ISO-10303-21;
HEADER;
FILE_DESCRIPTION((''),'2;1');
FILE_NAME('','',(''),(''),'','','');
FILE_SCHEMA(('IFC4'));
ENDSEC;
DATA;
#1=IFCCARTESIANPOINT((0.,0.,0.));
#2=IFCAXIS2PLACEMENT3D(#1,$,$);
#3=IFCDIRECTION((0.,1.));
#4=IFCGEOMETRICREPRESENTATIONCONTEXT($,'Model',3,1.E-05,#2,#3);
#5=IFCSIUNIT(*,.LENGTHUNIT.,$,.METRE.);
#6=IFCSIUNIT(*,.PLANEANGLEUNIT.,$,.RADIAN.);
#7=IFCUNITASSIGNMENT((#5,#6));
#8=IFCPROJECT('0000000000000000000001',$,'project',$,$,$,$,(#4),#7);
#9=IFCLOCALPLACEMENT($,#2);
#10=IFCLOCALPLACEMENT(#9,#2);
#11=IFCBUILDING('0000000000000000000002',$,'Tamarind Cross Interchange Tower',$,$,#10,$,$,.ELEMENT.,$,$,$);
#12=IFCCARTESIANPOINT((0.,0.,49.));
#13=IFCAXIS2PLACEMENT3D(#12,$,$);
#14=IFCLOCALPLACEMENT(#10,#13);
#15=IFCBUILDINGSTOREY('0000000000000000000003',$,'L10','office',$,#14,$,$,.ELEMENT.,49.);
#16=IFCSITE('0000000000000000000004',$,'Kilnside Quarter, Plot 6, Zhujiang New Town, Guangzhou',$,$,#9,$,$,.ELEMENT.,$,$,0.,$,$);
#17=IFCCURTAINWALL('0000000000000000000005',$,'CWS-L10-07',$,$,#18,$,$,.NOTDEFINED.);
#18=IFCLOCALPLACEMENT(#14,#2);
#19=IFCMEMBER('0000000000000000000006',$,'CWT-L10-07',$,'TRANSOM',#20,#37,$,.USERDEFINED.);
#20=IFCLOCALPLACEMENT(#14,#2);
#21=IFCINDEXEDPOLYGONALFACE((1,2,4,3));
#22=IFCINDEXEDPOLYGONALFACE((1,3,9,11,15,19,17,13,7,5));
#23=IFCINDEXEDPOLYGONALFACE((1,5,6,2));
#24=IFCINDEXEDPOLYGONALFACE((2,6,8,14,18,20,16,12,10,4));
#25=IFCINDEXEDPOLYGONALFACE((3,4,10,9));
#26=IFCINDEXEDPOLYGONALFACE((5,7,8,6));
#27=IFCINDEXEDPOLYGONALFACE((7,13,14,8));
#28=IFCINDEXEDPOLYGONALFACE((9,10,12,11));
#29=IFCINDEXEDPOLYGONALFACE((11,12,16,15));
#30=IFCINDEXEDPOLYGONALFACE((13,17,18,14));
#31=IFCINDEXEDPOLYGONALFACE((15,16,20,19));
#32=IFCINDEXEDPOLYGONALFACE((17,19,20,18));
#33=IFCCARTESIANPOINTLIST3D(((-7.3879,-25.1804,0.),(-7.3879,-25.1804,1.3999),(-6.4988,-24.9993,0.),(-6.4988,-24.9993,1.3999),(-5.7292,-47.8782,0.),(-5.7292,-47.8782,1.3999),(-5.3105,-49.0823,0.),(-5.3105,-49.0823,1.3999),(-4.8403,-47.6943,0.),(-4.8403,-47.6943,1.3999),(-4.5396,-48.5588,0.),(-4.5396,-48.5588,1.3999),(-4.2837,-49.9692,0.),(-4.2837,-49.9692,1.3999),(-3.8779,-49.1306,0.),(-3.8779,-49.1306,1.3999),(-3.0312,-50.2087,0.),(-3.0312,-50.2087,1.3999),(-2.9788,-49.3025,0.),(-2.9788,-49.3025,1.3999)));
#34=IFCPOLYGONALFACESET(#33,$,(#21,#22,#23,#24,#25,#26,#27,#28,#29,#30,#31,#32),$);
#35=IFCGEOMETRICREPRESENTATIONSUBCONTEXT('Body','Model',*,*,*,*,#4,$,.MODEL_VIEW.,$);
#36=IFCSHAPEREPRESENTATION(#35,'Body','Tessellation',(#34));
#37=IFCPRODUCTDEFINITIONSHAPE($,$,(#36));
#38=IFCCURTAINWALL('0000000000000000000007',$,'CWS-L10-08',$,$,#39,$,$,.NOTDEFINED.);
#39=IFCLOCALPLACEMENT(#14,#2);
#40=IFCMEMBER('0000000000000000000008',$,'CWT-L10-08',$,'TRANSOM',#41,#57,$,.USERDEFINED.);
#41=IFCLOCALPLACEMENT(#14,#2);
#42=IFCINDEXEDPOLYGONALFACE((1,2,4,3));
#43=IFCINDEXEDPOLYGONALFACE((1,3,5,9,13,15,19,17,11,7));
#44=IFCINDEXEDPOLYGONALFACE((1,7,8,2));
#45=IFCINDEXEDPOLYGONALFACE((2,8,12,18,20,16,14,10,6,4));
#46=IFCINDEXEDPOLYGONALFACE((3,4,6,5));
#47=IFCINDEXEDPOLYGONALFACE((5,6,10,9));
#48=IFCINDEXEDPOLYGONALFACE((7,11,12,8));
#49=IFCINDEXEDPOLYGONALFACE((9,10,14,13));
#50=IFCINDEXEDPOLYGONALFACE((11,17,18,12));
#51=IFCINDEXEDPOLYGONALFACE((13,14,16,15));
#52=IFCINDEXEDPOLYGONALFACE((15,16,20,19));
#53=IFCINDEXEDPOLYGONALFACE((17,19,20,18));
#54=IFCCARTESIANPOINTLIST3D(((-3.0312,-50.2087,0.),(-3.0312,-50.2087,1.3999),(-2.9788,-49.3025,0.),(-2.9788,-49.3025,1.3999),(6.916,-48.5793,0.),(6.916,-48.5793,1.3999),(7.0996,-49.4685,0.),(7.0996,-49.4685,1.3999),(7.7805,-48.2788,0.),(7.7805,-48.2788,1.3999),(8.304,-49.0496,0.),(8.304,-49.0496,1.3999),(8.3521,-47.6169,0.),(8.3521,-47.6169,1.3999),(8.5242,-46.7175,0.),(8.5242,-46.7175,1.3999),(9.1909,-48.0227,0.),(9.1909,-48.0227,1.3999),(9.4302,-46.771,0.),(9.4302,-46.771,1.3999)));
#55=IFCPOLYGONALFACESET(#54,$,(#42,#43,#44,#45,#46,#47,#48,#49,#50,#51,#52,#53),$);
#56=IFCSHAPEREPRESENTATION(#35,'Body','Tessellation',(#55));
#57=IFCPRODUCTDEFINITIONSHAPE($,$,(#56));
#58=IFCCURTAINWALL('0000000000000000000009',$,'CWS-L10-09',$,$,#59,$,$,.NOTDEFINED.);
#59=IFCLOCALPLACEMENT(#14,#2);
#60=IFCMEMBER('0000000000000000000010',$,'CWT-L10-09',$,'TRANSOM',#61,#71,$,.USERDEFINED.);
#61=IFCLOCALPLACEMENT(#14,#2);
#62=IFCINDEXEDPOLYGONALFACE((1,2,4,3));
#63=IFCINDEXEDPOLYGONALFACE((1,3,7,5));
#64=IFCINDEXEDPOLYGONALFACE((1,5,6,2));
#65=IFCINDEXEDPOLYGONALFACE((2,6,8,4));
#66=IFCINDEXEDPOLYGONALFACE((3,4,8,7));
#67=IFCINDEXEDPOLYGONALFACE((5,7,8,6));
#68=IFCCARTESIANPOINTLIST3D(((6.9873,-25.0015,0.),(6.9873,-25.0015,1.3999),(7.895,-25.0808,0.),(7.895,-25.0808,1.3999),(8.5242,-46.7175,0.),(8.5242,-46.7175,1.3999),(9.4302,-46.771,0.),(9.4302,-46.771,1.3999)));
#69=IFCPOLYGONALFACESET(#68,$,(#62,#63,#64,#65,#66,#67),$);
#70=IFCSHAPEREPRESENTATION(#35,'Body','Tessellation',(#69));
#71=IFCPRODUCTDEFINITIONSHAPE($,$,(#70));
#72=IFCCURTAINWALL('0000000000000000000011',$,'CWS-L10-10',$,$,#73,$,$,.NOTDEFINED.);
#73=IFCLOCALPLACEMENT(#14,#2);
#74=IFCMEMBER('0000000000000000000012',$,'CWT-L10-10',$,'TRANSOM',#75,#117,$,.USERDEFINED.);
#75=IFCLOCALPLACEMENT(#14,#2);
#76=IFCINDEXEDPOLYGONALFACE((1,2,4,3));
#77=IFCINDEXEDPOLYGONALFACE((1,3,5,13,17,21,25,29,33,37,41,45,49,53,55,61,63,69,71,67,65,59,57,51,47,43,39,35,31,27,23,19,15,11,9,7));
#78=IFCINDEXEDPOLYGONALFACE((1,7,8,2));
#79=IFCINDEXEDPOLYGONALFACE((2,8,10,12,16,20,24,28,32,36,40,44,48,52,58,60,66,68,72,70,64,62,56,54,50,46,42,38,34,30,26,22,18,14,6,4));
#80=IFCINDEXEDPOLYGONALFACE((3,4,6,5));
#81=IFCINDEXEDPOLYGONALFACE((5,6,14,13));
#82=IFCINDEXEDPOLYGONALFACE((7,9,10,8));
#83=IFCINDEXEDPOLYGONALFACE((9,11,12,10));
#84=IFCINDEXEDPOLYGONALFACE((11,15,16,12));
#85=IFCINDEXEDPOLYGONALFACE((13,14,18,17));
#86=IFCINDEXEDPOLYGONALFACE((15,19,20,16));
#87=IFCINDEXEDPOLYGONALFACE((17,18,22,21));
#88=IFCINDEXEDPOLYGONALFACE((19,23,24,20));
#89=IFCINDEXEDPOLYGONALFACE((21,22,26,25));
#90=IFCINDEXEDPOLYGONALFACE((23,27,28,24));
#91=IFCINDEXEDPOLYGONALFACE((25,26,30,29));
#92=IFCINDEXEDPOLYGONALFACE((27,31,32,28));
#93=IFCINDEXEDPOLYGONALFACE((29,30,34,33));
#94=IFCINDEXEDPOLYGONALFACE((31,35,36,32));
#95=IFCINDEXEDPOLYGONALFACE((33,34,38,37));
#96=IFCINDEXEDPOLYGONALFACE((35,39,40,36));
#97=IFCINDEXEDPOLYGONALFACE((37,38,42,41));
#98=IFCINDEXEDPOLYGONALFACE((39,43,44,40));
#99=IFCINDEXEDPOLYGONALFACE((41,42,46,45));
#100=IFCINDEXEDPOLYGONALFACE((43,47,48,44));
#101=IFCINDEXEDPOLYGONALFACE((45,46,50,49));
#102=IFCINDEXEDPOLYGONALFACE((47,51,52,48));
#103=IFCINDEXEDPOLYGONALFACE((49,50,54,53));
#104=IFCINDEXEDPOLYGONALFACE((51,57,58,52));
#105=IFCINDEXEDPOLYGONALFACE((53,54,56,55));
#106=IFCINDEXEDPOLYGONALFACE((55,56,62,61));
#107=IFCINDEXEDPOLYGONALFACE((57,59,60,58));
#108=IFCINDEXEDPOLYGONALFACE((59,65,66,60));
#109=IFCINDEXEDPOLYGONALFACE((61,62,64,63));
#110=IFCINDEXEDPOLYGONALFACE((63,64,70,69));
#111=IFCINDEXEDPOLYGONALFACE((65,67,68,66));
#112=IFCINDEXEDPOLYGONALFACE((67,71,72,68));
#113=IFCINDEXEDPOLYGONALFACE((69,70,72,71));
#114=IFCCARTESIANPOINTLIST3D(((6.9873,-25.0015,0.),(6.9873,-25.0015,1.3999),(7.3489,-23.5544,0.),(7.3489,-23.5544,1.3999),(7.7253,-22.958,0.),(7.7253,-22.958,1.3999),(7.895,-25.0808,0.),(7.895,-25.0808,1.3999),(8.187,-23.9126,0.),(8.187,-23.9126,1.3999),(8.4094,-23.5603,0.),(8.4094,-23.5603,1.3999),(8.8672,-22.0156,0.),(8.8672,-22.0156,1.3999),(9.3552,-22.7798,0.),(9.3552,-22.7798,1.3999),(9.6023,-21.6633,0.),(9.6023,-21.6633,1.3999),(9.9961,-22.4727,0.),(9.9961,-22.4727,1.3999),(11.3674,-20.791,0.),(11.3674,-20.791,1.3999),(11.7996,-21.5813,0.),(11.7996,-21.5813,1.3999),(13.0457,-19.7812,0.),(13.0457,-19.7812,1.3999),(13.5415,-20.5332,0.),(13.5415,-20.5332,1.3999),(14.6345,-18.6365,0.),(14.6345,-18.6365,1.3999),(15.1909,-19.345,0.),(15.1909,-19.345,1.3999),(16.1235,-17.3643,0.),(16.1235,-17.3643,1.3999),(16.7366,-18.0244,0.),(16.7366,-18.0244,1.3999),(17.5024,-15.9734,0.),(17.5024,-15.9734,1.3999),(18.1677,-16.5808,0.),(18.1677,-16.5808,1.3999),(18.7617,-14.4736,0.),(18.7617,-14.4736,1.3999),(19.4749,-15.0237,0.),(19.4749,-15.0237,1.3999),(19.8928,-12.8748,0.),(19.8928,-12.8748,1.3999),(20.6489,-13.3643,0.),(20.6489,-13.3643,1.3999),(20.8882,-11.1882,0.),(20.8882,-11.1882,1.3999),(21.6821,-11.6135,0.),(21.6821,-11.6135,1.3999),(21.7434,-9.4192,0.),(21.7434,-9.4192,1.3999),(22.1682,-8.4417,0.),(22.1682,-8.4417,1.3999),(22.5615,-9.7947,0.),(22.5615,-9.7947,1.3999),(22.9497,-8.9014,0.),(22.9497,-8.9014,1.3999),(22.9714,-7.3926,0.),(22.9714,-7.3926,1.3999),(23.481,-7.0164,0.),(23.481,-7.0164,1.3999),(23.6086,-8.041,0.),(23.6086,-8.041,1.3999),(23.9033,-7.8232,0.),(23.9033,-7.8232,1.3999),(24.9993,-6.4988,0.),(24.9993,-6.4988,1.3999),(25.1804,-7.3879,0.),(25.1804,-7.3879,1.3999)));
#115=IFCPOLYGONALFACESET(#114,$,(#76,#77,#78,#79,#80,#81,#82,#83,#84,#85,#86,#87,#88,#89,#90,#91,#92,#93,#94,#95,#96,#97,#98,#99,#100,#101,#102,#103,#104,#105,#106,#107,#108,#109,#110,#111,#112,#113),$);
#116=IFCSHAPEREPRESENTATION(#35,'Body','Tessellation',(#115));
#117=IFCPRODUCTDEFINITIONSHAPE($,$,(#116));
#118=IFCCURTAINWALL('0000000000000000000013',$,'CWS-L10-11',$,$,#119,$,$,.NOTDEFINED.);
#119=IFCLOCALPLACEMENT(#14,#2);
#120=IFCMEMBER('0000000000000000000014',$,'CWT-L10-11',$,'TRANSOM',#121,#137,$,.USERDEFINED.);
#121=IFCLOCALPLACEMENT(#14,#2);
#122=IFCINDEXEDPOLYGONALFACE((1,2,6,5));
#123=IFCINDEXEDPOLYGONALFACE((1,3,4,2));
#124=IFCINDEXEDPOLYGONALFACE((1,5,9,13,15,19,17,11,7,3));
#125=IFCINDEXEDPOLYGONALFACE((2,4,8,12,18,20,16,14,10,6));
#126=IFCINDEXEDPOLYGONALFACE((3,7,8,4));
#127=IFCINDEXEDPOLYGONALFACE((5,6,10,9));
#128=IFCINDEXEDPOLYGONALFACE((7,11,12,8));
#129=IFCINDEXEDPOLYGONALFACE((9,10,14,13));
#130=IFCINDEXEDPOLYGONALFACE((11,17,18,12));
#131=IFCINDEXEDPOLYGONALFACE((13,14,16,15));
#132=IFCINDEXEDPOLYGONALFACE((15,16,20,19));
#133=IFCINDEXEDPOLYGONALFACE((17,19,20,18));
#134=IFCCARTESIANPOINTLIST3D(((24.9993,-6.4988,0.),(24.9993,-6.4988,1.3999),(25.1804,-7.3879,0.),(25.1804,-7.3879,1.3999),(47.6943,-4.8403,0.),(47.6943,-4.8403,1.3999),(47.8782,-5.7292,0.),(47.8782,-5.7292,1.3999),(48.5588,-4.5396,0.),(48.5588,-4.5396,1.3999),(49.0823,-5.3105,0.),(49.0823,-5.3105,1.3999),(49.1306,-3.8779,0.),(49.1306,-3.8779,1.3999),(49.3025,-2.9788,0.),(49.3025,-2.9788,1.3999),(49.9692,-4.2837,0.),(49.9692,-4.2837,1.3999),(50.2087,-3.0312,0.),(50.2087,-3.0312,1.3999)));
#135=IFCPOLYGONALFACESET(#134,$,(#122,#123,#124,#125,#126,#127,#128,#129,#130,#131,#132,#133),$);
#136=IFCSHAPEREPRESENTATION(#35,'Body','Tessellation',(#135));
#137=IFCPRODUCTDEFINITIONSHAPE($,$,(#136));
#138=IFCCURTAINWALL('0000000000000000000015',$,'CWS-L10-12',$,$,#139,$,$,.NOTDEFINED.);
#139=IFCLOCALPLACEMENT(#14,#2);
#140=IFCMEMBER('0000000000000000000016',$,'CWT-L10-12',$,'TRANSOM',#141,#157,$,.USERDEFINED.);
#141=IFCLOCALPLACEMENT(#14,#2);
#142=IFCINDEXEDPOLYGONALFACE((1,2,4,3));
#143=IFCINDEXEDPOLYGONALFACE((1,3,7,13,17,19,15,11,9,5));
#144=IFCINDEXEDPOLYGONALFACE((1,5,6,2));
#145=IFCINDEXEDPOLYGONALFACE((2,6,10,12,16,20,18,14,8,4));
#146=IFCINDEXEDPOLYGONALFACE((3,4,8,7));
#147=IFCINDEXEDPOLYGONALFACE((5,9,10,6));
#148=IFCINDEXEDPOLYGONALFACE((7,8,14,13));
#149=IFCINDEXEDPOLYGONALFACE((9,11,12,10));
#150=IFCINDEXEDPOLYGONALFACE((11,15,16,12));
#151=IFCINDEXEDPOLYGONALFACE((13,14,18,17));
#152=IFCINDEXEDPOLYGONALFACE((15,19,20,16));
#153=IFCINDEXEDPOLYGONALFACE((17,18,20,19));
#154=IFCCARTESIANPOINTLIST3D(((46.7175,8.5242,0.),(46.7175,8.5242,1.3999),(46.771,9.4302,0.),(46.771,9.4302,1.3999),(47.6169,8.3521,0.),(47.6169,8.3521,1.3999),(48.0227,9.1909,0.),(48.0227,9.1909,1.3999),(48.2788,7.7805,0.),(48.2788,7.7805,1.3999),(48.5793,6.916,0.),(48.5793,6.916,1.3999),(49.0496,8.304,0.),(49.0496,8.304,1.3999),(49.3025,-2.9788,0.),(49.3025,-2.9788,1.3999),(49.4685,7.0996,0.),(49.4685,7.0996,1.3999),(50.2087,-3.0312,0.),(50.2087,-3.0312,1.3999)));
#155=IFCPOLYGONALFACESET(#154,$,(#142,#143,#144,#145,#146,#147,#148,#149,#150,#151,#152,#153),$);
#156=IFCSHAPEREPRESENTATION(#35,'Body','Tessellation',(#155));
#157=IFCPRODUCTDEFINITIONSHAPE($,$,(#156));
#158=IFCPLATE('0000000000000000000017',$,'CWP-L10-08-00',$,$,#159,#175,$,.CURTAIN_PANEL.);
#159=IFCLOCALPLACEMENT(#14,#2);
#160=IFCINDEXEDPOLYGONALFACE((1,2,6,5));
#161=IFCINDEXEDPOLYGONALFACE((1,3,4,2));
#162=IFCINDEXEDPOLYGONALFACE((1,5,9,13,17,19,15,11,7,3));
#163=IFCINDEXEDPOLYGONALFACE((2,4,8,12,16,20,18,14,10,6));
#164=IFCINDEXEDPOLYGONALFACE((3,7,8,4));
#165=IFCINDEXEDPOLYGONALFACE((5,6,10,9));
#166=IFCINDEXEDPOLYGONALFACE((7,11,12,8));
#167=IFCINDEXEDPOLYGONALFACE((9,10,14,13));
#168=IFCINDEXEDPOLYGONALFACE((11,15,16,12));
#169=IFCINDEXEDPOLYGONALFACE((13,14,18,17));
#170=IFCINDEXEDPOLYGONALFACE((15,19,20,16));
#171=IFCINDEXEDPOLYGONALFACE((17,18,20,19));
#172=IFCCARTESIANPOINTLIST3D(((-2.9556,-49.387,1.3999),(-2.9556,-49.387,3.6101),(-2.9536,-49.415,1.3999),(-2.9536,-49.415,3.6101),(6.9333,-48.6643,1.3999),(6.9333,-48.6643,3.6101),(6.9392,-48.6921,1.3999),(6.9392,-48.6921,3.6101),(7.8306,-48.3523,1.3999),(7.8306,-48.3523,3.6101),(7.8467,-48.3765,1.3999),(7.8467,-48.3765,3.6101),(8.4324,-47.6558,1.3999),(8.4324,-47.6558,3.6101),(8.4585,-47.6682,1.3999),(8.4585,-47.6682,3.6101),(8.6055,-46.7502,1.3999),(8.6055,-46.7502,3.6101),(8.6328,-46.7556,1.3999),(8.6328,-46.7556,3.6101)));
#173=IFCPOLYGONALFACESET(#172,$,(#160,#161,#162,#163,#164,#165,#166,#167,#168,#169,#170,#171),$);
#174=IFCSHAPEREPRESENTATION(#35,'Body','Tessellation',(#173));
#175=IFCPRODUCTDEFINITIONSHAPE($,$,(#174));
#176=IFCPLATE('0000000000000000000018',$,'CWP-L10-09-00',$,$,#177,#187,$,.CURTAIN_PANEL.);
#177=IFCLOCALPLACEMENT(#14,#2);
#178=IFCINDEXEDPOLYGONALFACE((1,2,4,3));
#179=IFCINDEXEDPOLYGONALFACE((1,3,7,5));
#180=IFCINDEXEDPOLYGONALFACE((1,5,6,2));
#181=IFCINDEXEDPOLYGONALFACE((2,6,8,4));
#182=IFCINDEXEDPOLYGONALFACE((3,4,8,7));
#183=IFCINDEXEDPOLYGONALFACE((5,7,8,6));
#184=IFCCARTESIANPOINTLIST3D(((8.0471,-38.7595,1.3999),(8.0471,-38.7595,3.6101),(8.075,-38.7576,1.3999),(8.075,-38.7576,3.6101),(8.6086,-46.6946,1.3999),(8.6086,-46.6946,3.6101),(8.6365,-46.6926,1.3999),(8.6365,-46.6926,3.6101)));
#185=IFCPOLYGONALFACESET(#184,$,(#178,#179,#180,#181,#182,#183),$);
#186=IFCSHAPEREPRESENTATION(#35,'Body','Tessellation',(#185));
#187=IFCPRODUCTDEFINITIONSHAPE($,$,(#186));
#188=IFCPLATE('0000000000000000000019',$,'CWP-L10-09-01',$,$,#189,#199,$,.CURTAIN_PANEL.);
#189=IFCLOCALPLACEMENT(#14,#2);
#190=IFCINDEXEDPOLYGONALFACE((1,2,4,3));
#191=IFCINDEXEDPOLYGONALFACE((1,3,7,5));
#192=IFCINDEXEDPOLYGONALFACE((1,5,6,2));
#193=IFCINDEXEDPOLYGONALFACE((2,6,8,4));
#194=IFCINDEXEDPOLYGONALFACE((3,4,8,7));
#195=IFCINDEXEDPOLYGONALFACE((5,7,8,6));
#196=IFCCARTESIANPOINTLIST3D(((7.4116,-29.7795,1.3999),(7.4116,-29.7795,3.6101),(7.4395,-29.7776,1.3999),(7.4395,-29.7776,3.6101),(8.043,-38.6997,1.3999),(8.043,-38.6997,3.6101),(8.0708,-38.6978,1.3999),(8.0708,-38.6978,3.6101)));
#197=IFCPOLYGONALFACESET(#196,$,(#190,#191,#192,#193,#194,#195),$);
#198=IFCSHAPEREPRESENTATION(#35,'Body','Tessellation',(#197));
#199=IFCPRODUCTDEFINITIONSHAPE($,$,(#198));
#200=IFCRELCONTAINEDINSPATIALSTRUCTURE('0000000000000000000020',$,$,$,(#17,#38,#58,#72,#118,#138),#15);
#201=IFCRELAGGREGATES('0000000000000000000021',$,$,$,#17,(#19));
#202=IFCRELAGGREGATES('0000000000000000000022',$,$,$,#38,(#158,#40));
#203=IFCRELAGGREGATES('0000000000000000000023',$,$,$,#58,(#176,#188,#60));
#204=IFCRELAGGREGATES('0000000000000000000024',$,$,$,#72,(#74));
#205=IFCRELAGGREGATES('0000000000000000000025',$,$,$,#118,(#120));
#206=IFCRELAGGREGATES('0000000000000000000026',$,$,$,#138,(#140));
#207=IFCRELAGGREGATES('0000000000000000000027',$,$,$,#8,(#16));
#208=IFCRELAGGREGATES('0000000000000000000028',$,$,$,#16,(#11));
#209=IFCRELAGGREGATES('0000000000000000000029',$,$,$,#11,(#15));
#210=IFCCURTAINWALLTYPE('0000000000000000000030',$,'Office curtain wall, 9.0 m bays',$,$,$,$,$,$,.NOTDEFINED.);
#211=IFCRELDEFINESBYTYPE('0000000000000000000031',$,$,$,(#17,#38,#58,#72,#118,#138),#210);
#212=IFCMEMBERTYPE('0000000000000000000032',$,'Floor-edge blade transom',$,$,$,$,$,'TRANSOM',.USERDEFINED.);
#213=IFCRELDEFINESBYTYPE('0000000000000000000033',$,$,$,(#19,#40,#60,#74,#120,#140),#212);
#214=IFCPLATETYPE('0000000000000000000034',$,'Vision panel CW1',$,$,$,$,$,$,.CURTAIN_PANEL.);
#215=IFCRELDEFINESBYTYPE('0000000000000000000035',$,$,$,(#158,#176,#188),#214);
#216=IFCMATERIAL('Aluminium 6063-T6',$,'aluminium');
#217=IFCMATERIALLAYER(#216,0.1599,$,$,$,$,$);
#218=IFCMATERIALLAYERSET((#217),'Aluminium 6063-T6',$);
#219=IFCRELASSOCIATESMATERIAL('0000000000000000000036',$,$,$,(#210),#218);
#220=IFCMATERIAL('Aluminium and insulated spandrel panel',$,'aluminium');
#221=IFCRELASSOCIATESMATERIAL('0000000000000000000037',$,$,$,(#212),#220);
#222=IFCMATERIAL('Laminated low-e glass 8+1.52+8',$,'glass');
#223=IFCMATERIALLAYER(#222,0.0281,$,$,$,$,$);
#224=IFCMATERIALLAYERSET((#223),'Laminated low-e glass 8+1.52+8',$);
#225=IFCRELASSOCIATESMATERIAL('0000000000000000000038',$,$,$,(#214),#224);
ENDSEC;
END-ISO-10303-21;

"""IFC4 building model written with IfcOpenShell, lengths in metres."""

from ifc_helpers import new_model, si_unit, direction, frame, origin, place, context, subcontext, project, spatial, polyline, outline, extrude, material, layer, layer_set, type_object, element, aggregate, save


model = new_model("IFC4")

# Units and contexts
model_context = context("Model", 3, precision=1e-05, world=origin(), true_north=direction((0.0, 1.0)))
body_context = subcontext(model_context, "Body", "Model", "MODEL_VIEW")
ifc_project = project(units=[si_unit("LENGTHUNIT", "METRE"), si_unit("PLANEANGLEUNIT", "RADIAN")], contexts=[model_context])

# Site, building, storey
site_placement = place(None, origin())
site = spatial("IfcSite", under=ifc_project, at=site_placement, Name="Kilnside Quarter, Plot 6, Zhujiang New Town, Guangzhou", CompositionType="ELEMENT", RefElevation=0.0)
building_placement = place(site_placement, origin())
building = spatial("IfcBuilding", under=site, at=building_placement, Name="Tamarind Cross Interchange Tower", CompositionType="ELEMENT")
storey_placement = place(building_placement, frame((0.0, 0.0, 49.0)))
storey = spatial("IfcBuildingStorey", under=building, at=storey_placement, Name="L10", Description="office", CompositionType="ELEMENT", Elevation=49.0)

# Curtain walls, members
ifc_material_1 = material(Name="Aluminium 6063-T6", Category="aluminium")
ifc_layer_1 = layer(ifc_material_1, 0.1599)
ifc_layer_set_1 = layer_set([ifc_layer_1], Name="Aluminium 6063-T6")
curtain_wall_type = type_object("IfcCurtainWallType", Name="Office curtain wall, 9.0 m bays", PredefinedType="NOTDEFINED", material=ifc_layer_set_1)
curtain_wall_1_placement = place(storey_placement, origin())
curtain_wall_1 = element("IfcCurtainWall", 1, at=curtain_wall_1_placement, inside=storey, type_object=curtain_wall_type, Name="CWS-L10-07", PredefinedType="NOTDEFINED")
ifc_material_2 = material(Name="Aluminium and insulated spandrel panel", Category="aluminium")
member_type = type_object("IfcMemberType", Name="Floor-edge blade transom", ElementType="TRANSOM", PredefinedType="USERDEFINED", material=ifc_material_2)
member_1_placement = place(storey_placement, origin())
member_1 = element("IfcMember", 2, at=member_1_placement, type_object=member_type, Name="CWT-L10-07", ObjectType="TRANSOM", PredefinedType="USERDEFINED", context=body_context, shape_type="SweptSolid", body=[
    extrude(outline(polyline([(-6.4988, -24.9993), (-4.8403, -47.6943), (-4.5396, -48.5588), (-3.8779, -49.1306), (-2.9788, -49.3025), (-3.0312, -50.2087), (-4.2837, -49.9692), (-5.3105, -49.0823), (-5.7292, -47.8782), (-7.3879, -25.1804), (-6.4988, -24.9993)])), origin(), (0.0, 0.0, 1.0), 1.3999),
])
aggregate(curtain_wall_1, [member_1])
curtain_wall_2_placement = place(storey_placement, origin())
curtain_wall_2 = element("IfcCurtainWall", 3, at=curtain_wall_2_placement, inside=storey, type_object=curtain_wall_type, Name="CWS-L10-08", PredefinedType="NOTDEFINED")
member_2_placement = place(storey_placement, origin())
member_2 = element("IfcMember", 4, at=member_2_placement, type_object=member_type, Name="CWT-L10-08", ObjectType="TRANSOM", PredefinedType="USERDEFINED", context=body_context, shape_type="SweptSolid", body=[
    extrude(outline(polyline([(-2.9788, -49.3025), (6.916, -48.5793), (7.7805, -48.2788), (8.3521, -47.6169), (8.5242, -46.7175), (9.4302, -46.771), (9.1909, -48.0227), (8.304, -49.0496), (7.0996, -49.4685), (-3.0312, -50.2087), (-2.9788, -49.3025)])), origin(), (0.0, 0.0, 1.0), 1.3999),
])
curtain_wall_3_placement = place(storey_placement, origin())
curtain_wall_3 = element("IfcCurtainWall", 5, at=curtain_wall_3_placement, inside=storey, type_object=curtain_wall_type, Name="CWS-L10-09", PredefinedType="NOTDEFINED")
member_3_placement = place(storey_placement, origin())
member_3 = element("IfcMember", 6, at=member_3_placement, type_object=member_type, Name="CWT-L10-09", ObjectType="TRANSOM", PredefinedType="USERDEFINED", context=body_context, shape_type="SweptSolid", body=[
    extrude(outline(polyline([(8.5242, -46.7175), (6.9873, -25.0015), (7.895, -25.0808), (9.4302, -46.771), (8.5242, -46.7175)])), origin(), (0.0, 0.0, 1.0), 1.3999),
])
curtain_wall_4_placement = place(storey_placement, origin())
curtain_wall_4 = element("IfcCurtainWall", 7, at=curtain_wall_4_placement, inside=storey, type_object=curtain_wall_type, Name="CWS-L10-10", PredefinedType="NOTDEFINED")
member_4_placement = place(storey_placement, origin())
member_4 = element("IfcMember", 8, at=member_4_placement, type_object=member_type, Name="CWT-L10-10", ObjectType="TRANSOM", PredefinedType="USERDEFINED", context=body_context, shape_type="SweptSolid", body=[
    extrude(outline(polyline([(6.9873, -25.0015), (7.3489, -23.5544), (7.7253, -22.958), (8.8672, -22.0156), (9.6023, -21.6633), (11.3674, -20.791), (13.0457, -19.7812), (14.6345, -18.6365), (16.1235, -17.3643), (17.5024, -15.9734), (18.7617, -14.4736), (19.8928, -12.8748), (20.8882, -11.1882), (21.7434, -9.4192), (22.1682, -8.4417), (22.9714, -7.3926), (23.481, -7.0164), (24.9993, -6.4988), (25.1804, -7.3879), (23.9033, -7.8232), (23.6086, -8.041), (22.9497, -8.9014), (22.5615, -9.7947), (21.6821, -11.6135), (20.6489, -13.3643), (19.4749, -15.0237), (18.1677, -16.5808), (16.7366, -18.0244), (15.1909, -19.345), (13.5415, -20.5332), (11.7996, -21.5813), (9.9961, -22.4727), (9.3552, -22.7798), (8.4094, -23.5603), (8.187, -23.9126), (7.895, -25.0808), (6.9873, -25.0015)])), origin(), (0.0, 0.0, 1.0), 1.3999),
])
curtain_wall_5_placement = place(storey_placement, origin())
curtain_wall_5 = element("IfcCurtainWall", 9, at=curtain_wall_5_placement, inside=storey, type_object=curtain_wall_type, Name="CWS-L10-11", PredefinedType="NOTDEFINED")
member_5_placement = place(storey_placement, origin())
member_5 = element("IfcMember", 10, at=member_5_placement, type_object=member_type, Name="CWT-L10-11", ObjectType="TRANSOM", PredefinedType="USERDEFINED", context=body_context, shape_type="SweptSolid", body=[
    extrude(outline(polyline([(24.9993, -6.4988), (47.6943, -4.8403), (48.5588, -4.5396), (49.1306, -3.8779), (49.3025, -2.9788), (50.2087, -3.0312), (49.9692, -4.2837), (49.0823, -5.3105), (47.8782, -5.7292), (25.1804, -7.3879), (24.9993, -6.4988)])), origin(), (0.0, 0.0, 1.0), 1.3999),
])
curtain_wall_6_placement = place(storey_placement, origin())
curtain_wall_6 = element("IfcCurtainWall", 11, at=curtain_wall_6_placement, inside=storey, type_object=curtain_wall_type, Name="CWS-L10-12", PredefinedType="NOTDEFINED")
member_6_placement = place(storey_placement, origin())
member_6 = element("IfcMember", 12, at=member_6_placement, type_object=member_type, Name="CWT-L10-12", ObjectType="TRANSOM", PredefinedType="USERDEFINED", context=body_context, shape_type="SweptSolid", body=[
    extrude(outline(polyline([(49.3025, -2.9788), (48.5793, 6.916), (48.2788, 7.7805), (47.6169, 8.3521), (46.7175, 8.5242), (46.771, 9.4302), (48.0227, 9.1909), (49.0496, 8.304), (49.4685, 7.0996), (50.2087, -3.0312), (49.3025, -2.9788)])), origin(), (0.0, 0.0, 1.0), 1.3999),
])

# Plates
ifc_material_3 = material(Name="Laminated low-e glass 8+1.52+8", Category="glass")
ifc_layer_2 = layer(ifc_material_3, 0.0281)
ifc_layer_set_2 = layer_set([ifc_layer_2], Name="Laminated low-e glass 8+1.52+8")
plate_type = type_object("IfcPlateType", Name="Vision panel CW1", PredefinedType="CURTAIN_PANEL", material=ifc_layer_set_2)
plate_1_placement = place(storey_placement, frame((0.0, 0.0, 1.3999)))
plate_1 = element("IfcPlate", 13, at=plate_1_placement, type_object=plate_type, Name="CWP-L10-08-00", PredefinedType="CURTAIN_PANEL", context=body_context, shape_type="SweptSolid", body=[
    extrude(outline(polyline([(-2.9556, -49.387), (6.9333, -48.6643), (7.8306, -48.3523), (8.4324, -47.6558), (8.6055, -46.7502), (8.6328, -46.7556), (8.4585, -47.6682), (7.8467, -48.3765), (6.9392, -48.6921), (-2.9536, -49.415), (-2.9556, -49.387)])), origin(), (0.0, 0.0, 1.0), 2.2102),
])
aggregate(curtain_wall_2, [plate_1, member_2])
plate_2_placement = place(storey_placement, frame((0.0, 0.0, 1.3999)))
plate_2 = element("IfcPlate", 14, at=plate_2_placement, type_object=plate_type, Name="CWP-L10-09-00", PredefinedType="CURTAIN_PANEL", context=body_context, shape_type="SweptSolid", body=[
    extrude(outline(polyline([(8.6086, -46.6946), (8.0471, -38.7595), (8.075, -38.7576), (8.6365, -46.6926), (8.6086, -46.6946)])), origin(), (0.0, 0.0, 1.0), 2.2102),
])
plate_3_placement = place(storey_placement, frame((0.0, 0.0, 1.3999)))
plate_3 = element("IfcPlate", 15, at=plate_3_placement, type_object=plate_type, Name="CWP-L10-09-01", PredefinedType="CURTAIN_PANEL", context=body_context, shape_type="SweptSolid", body=[
    extrude(outline(polyline([(8.043, -38.6997), (7.4116, -29.7795), (7.4395, -29.7776), (8.0708, -38.6978), (8.043, -38.6997)])), origin(), (0.0, 0.0, 1.0), 2.2102),
])
aggregate(curtain_wall_3, [plate_2, plate_3, member_3])
aggregate(curtain_wall_4, [member_4])
aggregate(curtain_wall_5, [member_5])
aggregate(curtain_wall_6, [member_6])

save(model, "model.ifc")
